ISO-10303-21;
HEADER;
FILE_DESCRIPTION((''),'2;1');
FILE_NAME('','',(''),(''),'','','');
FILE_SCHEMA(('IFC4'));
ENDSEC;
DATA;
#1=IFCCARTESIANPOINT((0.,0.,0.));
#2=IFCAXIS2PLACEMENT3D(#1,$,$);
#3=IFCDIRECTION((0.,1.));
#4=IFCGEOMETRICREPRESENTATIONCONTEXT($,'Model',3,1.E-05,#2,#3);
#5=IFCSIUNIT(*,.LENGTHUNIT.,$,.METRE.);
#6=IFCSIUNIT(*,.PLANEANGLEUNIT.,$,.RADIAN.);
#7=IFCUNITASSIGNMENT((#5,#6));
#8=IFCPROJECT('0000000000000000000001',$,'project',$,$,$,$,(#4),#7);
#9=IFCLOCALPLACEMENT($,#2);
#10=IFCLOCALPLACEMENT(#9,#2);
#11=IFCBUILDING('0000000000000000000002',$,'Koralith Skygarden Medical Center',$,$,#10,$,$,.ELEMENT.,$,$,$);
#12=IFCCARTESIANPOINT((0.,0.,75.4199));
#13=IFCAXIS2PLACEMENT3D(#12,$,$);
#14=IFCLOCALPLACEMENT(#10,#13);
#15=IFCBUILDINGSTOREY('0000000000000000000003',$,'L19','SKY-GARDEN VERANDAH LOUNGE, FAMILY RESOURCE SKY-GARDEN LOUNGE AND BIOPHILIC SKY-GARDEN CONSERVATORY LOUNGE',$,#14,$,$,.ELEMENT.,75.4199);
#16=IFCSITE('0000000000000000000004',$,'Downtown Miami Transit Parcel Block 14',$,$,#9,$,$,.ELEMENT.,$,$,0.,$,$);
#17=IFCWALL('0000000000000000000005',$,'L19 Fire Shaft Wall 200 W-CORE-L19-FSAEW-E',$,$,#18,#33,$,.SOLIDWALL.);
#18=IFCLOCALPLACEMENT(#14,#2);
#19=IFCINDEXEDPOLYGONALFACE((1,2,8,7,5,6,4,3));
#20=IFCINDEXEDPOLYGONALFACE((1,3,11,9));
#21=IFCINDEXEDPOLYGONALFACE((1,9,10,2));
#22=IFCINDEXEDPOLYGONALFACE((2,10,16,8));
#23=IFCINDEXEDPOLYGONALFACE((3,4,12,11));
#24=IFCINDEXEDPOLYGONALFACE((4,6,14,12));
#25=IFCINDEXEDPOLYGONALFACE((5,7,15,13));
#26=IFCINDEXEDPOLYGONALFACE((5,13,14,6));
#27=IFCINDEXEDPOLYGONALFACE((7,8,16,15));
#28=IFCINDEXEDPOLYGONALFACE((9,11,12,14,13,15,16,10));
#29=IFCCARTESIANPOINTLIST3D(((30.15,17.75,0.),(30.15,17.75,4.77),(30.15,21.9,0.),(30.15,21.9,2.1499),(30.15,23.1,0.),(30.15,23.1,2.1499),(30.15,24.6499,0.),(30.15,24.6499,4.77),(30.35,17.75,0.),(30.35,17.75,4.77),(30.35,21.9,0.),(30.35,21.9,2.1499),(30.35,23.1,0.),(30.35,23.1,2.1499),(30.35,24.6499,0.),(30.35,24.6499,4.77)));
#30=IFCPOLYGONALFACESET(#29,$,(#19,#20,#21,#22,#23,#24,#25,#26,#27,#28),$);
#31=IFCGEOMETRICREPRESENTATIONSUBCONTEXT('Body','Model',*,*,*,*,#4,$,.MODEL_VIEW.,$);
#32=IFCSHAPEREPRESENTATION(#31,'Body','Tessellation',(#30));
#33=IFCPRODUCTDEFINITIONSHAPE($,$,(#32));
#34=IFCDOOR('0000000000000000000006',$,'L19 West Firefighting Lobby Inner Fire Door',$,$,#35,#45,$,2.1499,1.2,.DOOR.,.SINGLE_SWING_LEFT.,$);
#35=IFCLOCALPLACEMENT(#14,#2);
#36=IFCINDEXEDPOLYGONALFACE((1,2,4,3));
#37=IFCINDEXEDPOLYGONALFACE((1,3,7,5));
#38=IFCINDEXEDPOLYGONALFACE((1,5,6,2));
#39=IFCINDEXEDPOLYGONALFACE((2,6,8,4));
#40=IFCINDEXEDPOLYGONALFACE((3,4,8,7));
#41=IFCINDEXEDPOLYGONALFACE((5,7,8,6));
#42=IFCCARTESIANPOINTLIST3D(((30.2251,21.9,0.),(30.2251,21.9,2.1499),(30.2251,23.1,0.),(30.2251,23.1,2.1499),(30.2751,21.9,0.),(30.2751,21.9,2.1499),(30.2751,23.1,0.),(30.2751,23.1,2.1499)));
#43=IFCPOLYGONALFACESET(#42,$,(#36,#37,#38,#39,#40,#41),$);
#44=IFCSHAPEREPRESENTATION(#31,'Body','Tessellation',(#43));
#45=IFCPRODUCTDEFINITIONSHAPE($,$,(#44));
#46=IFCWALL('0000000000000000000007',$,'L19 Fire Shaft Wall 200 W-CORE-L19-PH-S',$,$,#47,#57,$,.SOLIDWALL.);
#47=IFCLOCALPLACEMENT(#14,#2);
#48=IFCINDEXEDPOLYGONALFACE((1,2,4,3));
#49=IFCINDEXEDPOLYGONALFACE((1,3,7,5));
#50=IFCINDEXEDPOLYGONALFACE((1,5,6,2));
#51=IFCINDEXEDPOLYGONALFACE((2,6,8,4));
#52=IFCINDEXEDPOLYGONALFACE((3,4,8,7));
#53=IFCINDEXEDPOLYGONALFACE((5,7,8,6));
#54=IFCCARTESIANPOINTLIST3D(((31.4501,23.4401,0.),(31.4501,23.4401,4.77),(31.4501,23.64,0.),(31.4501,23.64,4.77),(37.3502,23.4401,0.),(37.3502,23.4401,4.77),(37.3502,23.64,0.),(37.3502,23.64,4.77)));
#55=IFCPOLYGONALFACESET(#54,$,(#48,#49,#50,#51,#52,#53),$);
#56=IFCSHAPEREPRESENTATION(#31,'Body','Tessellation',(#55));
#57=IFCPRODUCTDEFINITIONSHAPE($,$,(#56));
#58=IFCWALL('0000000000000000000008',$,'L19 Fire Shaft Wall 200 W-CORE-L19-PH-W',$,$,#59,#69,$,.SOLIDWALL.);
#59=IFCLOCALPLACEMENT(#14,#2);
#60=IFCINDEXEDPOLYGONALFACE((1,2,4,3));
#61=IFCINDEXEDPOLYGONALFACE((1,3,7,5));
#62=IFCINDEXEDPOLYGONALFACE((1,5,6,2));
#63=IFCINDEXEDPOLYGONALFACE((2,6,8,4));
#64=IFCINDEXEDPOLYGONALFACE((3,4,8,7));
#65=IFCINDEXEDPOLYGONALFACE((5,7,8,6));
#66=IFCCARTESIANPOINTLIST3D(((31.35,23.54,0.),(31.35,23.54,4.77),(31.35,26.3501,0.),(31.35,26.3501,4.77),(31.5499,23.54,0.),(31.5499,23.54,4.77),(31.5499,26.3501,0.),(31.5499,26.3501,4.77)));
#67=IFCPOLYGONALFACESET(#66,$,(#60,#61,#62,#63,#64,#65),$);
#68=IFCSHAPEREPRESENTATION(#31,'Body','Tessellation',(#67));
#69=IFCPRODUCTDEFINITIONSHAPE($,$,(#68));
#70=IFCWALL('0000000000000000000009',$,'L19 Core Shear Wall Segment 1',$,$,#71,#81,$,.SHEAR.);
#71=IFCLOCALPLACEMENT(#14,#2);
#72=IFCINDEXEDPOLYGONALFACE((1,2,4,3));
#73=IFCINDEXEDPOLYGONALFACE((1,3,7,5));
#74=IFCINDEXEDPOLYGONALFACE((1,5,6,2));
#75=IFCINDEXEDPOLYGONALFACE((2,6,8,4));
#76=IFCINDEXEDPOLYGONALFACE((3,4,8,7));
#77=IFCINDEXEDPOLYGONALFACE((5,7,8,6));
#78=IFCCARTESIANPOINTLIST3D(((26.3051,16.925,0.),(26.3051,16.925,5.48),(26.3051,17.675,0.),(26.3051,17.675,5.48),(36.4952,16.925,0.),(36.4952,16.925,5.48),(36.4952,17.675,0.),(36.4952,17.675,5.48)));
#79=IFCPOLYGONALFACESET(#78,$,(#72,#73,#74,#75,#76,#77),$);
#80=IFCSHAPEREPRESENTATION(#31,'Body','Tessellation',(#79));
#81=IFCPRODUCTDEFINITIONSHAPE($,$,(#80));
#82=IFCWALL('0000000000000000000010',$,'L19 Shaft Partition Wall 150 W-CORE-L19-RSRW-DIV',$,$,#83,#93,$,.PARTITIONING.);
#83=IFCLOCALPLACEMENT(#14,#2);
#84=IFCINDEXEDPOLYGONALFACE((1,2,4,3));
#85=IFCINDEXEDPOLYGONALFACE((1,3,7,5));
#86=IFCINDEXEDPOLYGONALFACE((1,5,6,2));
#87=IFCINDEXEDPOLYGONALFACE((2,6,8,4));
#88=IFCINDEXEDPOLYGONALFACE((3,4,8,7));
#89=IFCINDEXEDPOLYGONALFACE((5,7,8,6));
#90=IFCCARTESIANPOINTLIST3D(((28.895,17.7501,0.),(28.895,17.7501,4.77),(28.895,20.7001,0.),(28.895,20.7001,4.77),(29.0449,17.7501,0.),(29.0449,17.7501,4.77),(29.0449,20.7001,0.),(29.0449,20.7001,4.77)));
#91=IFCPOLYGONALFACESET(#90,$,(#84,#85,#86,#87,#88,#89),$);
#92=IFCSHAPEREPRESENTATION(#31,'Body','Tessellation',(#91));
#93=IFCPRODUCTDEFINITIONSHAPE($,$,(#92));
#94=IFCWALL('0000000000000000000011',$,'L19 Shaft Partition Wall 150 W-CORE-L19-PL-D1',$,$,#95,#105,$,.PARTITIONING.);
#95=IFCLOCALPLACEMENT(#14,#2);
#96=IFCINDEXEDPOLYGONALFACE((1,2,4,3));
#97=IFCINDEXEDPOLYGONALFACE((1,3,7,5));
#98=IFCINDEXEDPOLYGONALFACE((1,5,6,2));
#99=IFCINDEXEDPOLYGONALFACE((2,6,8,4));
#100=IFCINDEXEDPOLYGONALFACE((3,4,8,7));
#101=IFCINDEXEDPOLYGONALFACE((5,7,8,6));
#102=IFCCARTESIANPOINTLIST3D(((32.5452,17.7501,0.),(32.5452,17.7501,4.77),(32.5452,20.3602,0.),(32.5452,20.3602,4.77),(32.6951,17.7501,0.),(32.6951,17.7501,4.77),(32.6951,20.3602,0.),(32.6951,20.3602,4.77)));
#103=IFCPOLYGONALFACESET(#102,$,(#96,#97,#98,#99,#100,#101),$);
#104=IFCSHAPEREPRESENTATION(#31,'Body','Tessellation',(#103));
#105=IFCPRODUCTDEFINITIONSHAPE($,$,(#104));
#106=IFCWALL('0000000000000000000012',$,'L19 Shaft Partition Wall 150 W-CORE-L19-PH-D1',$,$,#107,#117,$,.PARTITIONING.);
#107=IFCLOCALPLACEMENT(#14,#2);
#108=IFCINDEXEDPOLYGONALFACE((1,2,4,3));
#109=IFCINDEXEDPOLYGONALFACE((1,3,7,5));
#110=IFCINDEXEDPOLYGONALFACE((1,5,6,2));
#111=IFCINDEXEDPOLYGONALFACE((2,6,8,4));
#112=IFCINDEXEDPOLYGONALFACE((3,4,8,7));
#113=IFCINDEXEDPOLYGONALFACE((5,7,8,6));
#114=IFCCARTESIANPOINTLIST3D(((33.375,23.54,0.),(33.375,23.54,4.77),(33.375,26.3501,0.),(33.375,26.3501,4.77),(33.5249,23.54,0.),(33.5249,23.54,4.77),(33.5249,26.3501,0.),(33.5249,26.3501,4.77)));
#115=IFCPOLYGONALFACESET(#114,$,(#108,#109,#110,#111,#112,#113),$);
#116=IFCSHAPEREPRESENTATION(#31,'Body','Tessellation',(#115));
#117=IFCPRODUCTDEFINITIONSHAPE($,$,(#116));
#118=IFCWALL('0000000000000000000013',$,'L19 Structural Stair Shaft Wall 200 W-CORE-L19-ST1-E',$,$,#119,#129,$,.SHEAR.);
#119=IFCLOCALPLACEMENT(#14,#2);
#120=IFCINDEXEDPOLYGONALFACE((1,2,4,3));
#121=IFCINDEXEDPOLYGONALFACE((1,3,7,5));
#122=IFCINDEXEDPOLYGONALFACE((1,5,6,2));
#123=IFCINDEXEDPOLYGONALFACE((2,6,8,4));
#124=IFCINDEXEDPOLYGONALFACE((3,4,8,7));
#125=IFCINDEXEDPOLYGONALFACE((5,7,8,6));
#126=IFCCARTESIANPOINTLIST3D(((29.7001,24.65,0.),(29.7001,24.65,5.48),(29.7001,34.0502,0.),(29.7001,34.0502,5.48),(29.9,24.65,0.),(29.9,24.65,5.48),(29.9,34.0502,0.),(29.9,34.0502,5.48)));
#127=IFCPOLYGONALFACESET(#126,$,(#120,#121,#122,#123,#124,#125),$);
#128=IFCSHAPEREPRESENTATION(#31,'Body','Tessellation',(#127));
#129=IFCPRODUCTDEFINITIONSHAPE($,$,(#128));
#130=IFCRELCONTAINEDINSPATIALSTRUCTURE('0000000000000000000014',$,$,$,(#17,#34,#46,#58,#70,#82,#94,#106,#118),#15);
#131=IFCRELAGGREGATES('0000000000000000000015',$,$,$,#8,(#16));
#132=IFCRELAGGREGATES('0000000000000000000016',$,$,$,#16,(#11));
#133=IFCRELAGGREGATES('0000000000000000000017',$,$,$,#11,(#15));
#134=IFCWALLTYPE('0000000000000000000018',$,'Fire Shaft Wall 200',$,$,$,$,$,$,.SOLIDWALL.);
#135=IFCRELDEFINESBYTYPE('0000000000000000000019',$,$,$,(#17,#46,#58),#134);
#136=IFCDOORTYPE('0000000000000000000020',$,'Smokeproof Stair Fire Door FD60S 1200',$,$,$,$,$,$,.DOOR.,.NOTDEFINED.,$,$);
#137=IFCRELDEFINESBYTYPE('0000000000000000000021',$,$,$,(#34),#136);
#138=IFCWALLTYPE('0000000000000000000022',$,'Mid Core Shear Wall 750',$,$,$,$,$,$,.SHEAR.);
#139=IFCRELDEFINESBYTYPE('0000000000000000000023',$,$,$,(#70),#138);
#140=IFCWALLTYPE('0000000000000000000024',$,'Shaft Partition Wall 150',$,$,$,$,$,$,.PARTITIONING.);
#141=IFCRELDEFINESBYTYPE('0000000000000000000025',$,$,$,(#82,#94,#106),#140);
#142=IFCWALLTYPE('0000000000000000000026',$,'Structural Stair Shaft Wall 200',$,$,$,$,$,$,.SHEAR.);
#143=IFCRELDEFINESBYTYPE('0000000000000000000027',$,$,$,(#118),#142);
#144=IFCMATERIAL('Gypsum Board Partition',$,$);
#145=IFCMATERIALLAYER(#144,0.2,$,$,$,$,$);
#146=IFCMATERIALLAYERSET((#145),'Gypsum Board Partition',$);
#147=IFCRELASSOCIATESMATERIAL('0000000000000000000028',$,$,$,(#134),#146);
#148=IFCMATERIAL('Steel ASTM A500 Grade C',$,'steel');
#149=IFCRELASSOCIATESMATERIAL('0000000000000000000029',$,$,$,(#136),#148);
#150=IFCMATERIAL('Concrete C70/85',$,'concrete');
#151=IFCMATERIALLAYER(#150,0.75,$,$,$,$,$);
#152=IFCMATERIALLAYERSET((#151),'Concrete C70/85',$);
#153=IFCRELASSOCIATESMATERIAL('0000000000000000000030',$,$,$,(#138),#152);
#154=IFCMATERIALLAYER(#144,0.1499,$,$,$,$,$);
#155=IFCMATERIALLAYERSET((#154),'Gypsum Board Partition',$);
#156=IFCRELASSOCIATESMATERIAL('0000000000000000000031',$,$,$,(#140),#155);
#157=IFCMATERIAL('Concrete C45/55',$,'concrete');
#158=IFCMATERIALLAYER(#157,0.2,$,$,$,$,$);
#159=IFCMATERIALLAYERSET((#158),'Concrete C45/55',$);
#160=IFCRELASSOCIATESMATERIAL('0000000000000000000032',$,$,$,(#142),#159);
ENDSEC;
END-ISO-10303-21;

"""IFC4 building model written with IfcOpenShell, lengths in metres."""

from ifc_helpers import new_model, si_unit, direction, frame, frame_2d, origin, place, context, subcontext, project, spatial, rectangle, extrude, material, layer, layer_set, type_object, element, fill, save


model = new_model("IFC4")

# Units and contexts
model_context = context("Model", 3, precision=1e-05, world=origin(), true_north=direction((0.0, 1.0)))
body_context = subcontext(model_context, "Body", "Model", "MODEL_VIEW")
ifc_project = project(units=[si_unit("LENGTHUNIT", "METRE"), si_unit("PLANEANGLEUNIT", "RADIAN")], contexts=[model_context])

# Site, building, storey
site_placement = place(None, origin())
site = spatial("IfcSite", under=ifc_project, at=site_placement, Name="Downtown Miami Transit Parcel Block 14", CompositionType="ELEMENT", RefElevation=0.0)
building_placement = place(site_placement, origin())
building = spatial("IfcBuilding", under=site, at=building_placement, Name="Koralith Skygarden Medical Center", CompositionType="ELEMENT")
storey_placement = place(building_placement, frame((0.0, 0.0, 75.4199)))
storey = spatial("IfcBuildingStorey", under=building, at=storey_placement, Name="L19", Description="SKY-GARDEN VERANDAH LOUNGE, FAMILY RESOURCE SKY-GARDEN LOUNGE AND BIOPHILIC SKY-GARDEN CONSERVATORY LOUNGE", CompositionType="ELEMENT", Elevation=75.4199)

# Shared definitions
ifc_material_1 = material(Name="Concrete C70/85", Category="concrete")

# Shared definitions
ifc_material_2 = material(Name="Concrete C45/55", Category="concrete")

# Shared definitions
ifc_material_3 = material(Name="Gypsum Board Partition")

# Wall, opening, door
ifc_layer_1 = layer(ifc_material_3, 0.2)
ifc_layer_set_1 = layer_set([ifc_layer_1], Name="Gypsum Board Partition")
wall_type_1 = type_object("IfcWallType", Name="Fire Shaft Wall 200", PredefinedType="SOLIDWALL", material=ifc_layer_set_1)
ifc_material_4 = material(Name="Steel ASTM A500 Grade C", Category="steel")
wall_1_placement = place(storey_placement, frame((30.25, 17.75, 0.0), z_axis=(0.0, 0.0, 1.0), x_axis=(0.0, 1.0, 0.0)))
wall_1 = element("IfcWall", 1, at=wall_1_placement, inside=storey, type_object=wall_type_1, Name="L19 Fire Shaft Wall 200 W-CORE-L19-FSAEW-E", PredefinedType="SOLIDWALL", context=body_context, shape_type="SweptSolid", body=[
    extrude(rectangle(XDim=6.8999, YDim=0.2, at=frame_2d((3.45, 0.0))), origin(), (0.0, 0.0, 1.0), 4.77),
])
opening_1_placement = place(wall_1_placement, frame((4.1499, 0.0, 0.0)))
opening_1 = element("IfcOpeningElement", 2, at=opening_1_placement, cuts=wall_1, PredefinedType="OPENING", context=body_context, shape_type="SweptSolid", body=[
    extrude(rectangle(XDim=1.2, YDim=2.1499, at=frame_2d((0.6001, 1.075))), frame((0.0, 0.1099, 0.0), z_axis=(0.0, -1.0, 0.0), x_axis=(1.0, 0.0, 0.0)), (0.0, 0.0, 1.0), 0.22),
])
door_type_1 = type_object("IfcDoorType", Name="Smokeproof Stair Fire Door FD60S 1200", OperationType="NOTDEFINED", PredefinedType="DOOR", material=ifc_material_4)
door_1_placement = place(opening_1_placement, origin())
door_1 = element("IfcDoor", 3, at=door_1_placement, inside=storey, type_object=door_type_1, Name="L19 West Firefighting Lobby Inner Fire Door", OperationType="SINGLE_SWING_LEFT", OverallHeight=2.1499, OverallWidth=1.2, PredefinedType="DOOR", context=body_context, shape_type="SweptSolid", body=[
    extrude(rectangle(XDim=1.2, YDim=2.1499, at=frame_2d((0.6001, 1.075))), frame((0.0, 0.0249, 0.0), z_axis=(0.0, -1.0, 0.0), x_axis=(1.0, 0.0, 0.0)), (0.0, 0.0, 1.0), 0.05),
])
fill(opening_1, door_1)

# Walls
wall_2_placement = place(storey_placement, frame((31.45, 23.54, 0.0), z_axis=(0.0, 0.0, 1.0), x_axis=(1.0, 0.0, 0.0)))
element("IfcWall", 4, at=wall_2_placement, inside=storey, type_object=wall_type_1, Name="L19 Fire Shaft Wall 200 W-CORE-L19-PH-S", PredefinedType="SOLIDWALL", context=body_context, shape_type="SweptSolid", body=[
    extrude(rectangle(XDim=5.9001, YDim=0.2, at=frame_2d((2.9502, 0.0))), origin(), (0.0, 0.0, 1.0), 4.77),
])
wall_3_placement = place(storey_placement, frame((31.45, 23.54, 0.0), z_axis=(0.0, 0.0, 1.0), x_axis=(0.0, 1.0, 0.0)))
element("IfcWall", 5, at=wall_3_placement, inside=storey, type_object=wall_type_1, Name="L19 Fire Shaft Wall 200 W-CORE-L19-PH-W", PredefinedType="SOLIDWALL", context=body_context, shape_type="SweptSolid", body=[
    extrude(rectangle(XDim=2.8101, YDim=0.2, at=frame_2d((1.405, 0.0))), origin(), (0.0, 0.0, 1.0), 4.77),
])
ifc_layer_2 = layer(ifc_material_1, 0.75)
ifc_layer_set_2 = layer_set([ifc_layer_2], Name="Concrete C70/85")
wall_type_2 = type_object("IfcWallType", Name="Mid Core Shear Wall 750", PredefinedType="SHEAR", material=ifc_layer_set_2)
wall_4_placement = place(storey_placement, frame((26.3049, 17.3, 0.0), z_axis=(0.0, 0.0, 1.0), x_axis=(1.0, 0.0, 0.0)))
element("IfcWall", 6, at=wall_4_placement, inside=storey, type_object=wall_type_2, Name="L19 Core Shear Wall Segment 1", PredefinedType="SHEAR", context=body_context, shape_type="SweptSolid", body=[
    extrude(rectangle(XDim=10.1902, YDim=0.75, at=frame_2d((5.0952, 0.0))), origin(), (0.0, 0.0, 1.0), 5.48),
])
ifc_layer_3 = layer(ifc_material_3, 0.1499)
ifc_layer_set_3 = layer_set([ifc_layer_3], Name="Gypsum Board Partition")
wall_type_3 = type_object("IfcWallType", Name="Shaft Partition Wall 150", PredefinedType="PARTITIONING", material=ifc_layer_set_3)
wall_5_placement = place(storey_placement, frame((28.97, 17.75, 0.0), z_axis=(0.0, 0.0, 1.0), x_axis=(0.0, 1.0, 0.0)))
element("IfcWall", 7, at=wall_5_placement, inside=storey, type_object=wall_type_3, Name="L19 Shaft Partition Wall 150 W-CORE-L19-RSRW-DIV", PredefinedType="PARTITIONING", context=body_context, shape_type="SweptSolid", body=[
    extrude(rectangle(XDim=2.95, YDim=0.1499, at=frame_2d((1.4751, 0.0))), origin(), (0.0, 0.0, 1.0), 4.77),
])
wall_6_placement = place(storey_placement, frame((32.6201, 17.75, 0.0), z_axis=(0.0, 0.0, 1.0), x_axis=(0.0, 1.0, 0.0)))
element("IfcWall", 8, at=wall_6_placement, inside=storey, type_object=wall_type_3, Name="L19 Shaft Partition Wall 150 W-CORE-L19-PL-D1", PredefinedType="PARTITIONING", context=body_context, shape_type="SweptSolid", body=[
    extrude(rectangle(XDim=2.6101, YDim=0.1499, at=frame_2d((1.3052, 0.0))), origin(), (0.0, 0.0, 1.0), 4.77),
])
wall_7_placement = place(storey_placement, frame((33.45, 23.54, 0.0), z_axis=(0.0, 0.0, 1.0), x_axis=(0.0, 1.0, 0.0)))
element("IfcWall", 9, at=wall_7_placement, inside=storey, type_object=wall_type_3, Name="L19 Shaft Partition Wall 150 W-CORE-L19-PH-D1", PredefinedType="PARTITIONING", context=body_context, shape_type="SweptSolid", body=[
    extrude(rectangle(XDim=2.8101, YDim=0.1499, at=frame_2d((1.405, 0.0))), origin(), (0.0, 0.0, 1.0), 4.77),
])
ifc_layer_4 = layer(ifc_material_2, 0.2)
ifc_layer_set_4 = layer_set([ifc_layer_4], Name="Concrete C45/55")
wall_type_4 = type_object("IfcWallType", Name="Structural Stair Shaft Wall 200", PredefinedType="SHEAR", material=ifc_layer_set_4)
wall_8_placement = place(storey_placement, frame((29.8, 24.6499, 0.0), z_axis=(0.0, 0.0, 1.0), x_axis=(0.0, 1.0, 0.0)))
element("IfcWall", 10, at=wall_8_placement, inside=storey, type_object=wall_type_4, Name="L19 Structural Stair Shaft Wall 200 W-CORE-L19-ST1-E", PredefinedType="SHEAR", context=body_context, shape_type="SweptSolid", body=[
    extrude(rectangle(XDim=9.4001, YDim=0.2, at=frame_2d((4.7002, 0.0))), origin(), (0.0, 0.0, 1.0), 5.48),
])

save(model, "model.ifc")
